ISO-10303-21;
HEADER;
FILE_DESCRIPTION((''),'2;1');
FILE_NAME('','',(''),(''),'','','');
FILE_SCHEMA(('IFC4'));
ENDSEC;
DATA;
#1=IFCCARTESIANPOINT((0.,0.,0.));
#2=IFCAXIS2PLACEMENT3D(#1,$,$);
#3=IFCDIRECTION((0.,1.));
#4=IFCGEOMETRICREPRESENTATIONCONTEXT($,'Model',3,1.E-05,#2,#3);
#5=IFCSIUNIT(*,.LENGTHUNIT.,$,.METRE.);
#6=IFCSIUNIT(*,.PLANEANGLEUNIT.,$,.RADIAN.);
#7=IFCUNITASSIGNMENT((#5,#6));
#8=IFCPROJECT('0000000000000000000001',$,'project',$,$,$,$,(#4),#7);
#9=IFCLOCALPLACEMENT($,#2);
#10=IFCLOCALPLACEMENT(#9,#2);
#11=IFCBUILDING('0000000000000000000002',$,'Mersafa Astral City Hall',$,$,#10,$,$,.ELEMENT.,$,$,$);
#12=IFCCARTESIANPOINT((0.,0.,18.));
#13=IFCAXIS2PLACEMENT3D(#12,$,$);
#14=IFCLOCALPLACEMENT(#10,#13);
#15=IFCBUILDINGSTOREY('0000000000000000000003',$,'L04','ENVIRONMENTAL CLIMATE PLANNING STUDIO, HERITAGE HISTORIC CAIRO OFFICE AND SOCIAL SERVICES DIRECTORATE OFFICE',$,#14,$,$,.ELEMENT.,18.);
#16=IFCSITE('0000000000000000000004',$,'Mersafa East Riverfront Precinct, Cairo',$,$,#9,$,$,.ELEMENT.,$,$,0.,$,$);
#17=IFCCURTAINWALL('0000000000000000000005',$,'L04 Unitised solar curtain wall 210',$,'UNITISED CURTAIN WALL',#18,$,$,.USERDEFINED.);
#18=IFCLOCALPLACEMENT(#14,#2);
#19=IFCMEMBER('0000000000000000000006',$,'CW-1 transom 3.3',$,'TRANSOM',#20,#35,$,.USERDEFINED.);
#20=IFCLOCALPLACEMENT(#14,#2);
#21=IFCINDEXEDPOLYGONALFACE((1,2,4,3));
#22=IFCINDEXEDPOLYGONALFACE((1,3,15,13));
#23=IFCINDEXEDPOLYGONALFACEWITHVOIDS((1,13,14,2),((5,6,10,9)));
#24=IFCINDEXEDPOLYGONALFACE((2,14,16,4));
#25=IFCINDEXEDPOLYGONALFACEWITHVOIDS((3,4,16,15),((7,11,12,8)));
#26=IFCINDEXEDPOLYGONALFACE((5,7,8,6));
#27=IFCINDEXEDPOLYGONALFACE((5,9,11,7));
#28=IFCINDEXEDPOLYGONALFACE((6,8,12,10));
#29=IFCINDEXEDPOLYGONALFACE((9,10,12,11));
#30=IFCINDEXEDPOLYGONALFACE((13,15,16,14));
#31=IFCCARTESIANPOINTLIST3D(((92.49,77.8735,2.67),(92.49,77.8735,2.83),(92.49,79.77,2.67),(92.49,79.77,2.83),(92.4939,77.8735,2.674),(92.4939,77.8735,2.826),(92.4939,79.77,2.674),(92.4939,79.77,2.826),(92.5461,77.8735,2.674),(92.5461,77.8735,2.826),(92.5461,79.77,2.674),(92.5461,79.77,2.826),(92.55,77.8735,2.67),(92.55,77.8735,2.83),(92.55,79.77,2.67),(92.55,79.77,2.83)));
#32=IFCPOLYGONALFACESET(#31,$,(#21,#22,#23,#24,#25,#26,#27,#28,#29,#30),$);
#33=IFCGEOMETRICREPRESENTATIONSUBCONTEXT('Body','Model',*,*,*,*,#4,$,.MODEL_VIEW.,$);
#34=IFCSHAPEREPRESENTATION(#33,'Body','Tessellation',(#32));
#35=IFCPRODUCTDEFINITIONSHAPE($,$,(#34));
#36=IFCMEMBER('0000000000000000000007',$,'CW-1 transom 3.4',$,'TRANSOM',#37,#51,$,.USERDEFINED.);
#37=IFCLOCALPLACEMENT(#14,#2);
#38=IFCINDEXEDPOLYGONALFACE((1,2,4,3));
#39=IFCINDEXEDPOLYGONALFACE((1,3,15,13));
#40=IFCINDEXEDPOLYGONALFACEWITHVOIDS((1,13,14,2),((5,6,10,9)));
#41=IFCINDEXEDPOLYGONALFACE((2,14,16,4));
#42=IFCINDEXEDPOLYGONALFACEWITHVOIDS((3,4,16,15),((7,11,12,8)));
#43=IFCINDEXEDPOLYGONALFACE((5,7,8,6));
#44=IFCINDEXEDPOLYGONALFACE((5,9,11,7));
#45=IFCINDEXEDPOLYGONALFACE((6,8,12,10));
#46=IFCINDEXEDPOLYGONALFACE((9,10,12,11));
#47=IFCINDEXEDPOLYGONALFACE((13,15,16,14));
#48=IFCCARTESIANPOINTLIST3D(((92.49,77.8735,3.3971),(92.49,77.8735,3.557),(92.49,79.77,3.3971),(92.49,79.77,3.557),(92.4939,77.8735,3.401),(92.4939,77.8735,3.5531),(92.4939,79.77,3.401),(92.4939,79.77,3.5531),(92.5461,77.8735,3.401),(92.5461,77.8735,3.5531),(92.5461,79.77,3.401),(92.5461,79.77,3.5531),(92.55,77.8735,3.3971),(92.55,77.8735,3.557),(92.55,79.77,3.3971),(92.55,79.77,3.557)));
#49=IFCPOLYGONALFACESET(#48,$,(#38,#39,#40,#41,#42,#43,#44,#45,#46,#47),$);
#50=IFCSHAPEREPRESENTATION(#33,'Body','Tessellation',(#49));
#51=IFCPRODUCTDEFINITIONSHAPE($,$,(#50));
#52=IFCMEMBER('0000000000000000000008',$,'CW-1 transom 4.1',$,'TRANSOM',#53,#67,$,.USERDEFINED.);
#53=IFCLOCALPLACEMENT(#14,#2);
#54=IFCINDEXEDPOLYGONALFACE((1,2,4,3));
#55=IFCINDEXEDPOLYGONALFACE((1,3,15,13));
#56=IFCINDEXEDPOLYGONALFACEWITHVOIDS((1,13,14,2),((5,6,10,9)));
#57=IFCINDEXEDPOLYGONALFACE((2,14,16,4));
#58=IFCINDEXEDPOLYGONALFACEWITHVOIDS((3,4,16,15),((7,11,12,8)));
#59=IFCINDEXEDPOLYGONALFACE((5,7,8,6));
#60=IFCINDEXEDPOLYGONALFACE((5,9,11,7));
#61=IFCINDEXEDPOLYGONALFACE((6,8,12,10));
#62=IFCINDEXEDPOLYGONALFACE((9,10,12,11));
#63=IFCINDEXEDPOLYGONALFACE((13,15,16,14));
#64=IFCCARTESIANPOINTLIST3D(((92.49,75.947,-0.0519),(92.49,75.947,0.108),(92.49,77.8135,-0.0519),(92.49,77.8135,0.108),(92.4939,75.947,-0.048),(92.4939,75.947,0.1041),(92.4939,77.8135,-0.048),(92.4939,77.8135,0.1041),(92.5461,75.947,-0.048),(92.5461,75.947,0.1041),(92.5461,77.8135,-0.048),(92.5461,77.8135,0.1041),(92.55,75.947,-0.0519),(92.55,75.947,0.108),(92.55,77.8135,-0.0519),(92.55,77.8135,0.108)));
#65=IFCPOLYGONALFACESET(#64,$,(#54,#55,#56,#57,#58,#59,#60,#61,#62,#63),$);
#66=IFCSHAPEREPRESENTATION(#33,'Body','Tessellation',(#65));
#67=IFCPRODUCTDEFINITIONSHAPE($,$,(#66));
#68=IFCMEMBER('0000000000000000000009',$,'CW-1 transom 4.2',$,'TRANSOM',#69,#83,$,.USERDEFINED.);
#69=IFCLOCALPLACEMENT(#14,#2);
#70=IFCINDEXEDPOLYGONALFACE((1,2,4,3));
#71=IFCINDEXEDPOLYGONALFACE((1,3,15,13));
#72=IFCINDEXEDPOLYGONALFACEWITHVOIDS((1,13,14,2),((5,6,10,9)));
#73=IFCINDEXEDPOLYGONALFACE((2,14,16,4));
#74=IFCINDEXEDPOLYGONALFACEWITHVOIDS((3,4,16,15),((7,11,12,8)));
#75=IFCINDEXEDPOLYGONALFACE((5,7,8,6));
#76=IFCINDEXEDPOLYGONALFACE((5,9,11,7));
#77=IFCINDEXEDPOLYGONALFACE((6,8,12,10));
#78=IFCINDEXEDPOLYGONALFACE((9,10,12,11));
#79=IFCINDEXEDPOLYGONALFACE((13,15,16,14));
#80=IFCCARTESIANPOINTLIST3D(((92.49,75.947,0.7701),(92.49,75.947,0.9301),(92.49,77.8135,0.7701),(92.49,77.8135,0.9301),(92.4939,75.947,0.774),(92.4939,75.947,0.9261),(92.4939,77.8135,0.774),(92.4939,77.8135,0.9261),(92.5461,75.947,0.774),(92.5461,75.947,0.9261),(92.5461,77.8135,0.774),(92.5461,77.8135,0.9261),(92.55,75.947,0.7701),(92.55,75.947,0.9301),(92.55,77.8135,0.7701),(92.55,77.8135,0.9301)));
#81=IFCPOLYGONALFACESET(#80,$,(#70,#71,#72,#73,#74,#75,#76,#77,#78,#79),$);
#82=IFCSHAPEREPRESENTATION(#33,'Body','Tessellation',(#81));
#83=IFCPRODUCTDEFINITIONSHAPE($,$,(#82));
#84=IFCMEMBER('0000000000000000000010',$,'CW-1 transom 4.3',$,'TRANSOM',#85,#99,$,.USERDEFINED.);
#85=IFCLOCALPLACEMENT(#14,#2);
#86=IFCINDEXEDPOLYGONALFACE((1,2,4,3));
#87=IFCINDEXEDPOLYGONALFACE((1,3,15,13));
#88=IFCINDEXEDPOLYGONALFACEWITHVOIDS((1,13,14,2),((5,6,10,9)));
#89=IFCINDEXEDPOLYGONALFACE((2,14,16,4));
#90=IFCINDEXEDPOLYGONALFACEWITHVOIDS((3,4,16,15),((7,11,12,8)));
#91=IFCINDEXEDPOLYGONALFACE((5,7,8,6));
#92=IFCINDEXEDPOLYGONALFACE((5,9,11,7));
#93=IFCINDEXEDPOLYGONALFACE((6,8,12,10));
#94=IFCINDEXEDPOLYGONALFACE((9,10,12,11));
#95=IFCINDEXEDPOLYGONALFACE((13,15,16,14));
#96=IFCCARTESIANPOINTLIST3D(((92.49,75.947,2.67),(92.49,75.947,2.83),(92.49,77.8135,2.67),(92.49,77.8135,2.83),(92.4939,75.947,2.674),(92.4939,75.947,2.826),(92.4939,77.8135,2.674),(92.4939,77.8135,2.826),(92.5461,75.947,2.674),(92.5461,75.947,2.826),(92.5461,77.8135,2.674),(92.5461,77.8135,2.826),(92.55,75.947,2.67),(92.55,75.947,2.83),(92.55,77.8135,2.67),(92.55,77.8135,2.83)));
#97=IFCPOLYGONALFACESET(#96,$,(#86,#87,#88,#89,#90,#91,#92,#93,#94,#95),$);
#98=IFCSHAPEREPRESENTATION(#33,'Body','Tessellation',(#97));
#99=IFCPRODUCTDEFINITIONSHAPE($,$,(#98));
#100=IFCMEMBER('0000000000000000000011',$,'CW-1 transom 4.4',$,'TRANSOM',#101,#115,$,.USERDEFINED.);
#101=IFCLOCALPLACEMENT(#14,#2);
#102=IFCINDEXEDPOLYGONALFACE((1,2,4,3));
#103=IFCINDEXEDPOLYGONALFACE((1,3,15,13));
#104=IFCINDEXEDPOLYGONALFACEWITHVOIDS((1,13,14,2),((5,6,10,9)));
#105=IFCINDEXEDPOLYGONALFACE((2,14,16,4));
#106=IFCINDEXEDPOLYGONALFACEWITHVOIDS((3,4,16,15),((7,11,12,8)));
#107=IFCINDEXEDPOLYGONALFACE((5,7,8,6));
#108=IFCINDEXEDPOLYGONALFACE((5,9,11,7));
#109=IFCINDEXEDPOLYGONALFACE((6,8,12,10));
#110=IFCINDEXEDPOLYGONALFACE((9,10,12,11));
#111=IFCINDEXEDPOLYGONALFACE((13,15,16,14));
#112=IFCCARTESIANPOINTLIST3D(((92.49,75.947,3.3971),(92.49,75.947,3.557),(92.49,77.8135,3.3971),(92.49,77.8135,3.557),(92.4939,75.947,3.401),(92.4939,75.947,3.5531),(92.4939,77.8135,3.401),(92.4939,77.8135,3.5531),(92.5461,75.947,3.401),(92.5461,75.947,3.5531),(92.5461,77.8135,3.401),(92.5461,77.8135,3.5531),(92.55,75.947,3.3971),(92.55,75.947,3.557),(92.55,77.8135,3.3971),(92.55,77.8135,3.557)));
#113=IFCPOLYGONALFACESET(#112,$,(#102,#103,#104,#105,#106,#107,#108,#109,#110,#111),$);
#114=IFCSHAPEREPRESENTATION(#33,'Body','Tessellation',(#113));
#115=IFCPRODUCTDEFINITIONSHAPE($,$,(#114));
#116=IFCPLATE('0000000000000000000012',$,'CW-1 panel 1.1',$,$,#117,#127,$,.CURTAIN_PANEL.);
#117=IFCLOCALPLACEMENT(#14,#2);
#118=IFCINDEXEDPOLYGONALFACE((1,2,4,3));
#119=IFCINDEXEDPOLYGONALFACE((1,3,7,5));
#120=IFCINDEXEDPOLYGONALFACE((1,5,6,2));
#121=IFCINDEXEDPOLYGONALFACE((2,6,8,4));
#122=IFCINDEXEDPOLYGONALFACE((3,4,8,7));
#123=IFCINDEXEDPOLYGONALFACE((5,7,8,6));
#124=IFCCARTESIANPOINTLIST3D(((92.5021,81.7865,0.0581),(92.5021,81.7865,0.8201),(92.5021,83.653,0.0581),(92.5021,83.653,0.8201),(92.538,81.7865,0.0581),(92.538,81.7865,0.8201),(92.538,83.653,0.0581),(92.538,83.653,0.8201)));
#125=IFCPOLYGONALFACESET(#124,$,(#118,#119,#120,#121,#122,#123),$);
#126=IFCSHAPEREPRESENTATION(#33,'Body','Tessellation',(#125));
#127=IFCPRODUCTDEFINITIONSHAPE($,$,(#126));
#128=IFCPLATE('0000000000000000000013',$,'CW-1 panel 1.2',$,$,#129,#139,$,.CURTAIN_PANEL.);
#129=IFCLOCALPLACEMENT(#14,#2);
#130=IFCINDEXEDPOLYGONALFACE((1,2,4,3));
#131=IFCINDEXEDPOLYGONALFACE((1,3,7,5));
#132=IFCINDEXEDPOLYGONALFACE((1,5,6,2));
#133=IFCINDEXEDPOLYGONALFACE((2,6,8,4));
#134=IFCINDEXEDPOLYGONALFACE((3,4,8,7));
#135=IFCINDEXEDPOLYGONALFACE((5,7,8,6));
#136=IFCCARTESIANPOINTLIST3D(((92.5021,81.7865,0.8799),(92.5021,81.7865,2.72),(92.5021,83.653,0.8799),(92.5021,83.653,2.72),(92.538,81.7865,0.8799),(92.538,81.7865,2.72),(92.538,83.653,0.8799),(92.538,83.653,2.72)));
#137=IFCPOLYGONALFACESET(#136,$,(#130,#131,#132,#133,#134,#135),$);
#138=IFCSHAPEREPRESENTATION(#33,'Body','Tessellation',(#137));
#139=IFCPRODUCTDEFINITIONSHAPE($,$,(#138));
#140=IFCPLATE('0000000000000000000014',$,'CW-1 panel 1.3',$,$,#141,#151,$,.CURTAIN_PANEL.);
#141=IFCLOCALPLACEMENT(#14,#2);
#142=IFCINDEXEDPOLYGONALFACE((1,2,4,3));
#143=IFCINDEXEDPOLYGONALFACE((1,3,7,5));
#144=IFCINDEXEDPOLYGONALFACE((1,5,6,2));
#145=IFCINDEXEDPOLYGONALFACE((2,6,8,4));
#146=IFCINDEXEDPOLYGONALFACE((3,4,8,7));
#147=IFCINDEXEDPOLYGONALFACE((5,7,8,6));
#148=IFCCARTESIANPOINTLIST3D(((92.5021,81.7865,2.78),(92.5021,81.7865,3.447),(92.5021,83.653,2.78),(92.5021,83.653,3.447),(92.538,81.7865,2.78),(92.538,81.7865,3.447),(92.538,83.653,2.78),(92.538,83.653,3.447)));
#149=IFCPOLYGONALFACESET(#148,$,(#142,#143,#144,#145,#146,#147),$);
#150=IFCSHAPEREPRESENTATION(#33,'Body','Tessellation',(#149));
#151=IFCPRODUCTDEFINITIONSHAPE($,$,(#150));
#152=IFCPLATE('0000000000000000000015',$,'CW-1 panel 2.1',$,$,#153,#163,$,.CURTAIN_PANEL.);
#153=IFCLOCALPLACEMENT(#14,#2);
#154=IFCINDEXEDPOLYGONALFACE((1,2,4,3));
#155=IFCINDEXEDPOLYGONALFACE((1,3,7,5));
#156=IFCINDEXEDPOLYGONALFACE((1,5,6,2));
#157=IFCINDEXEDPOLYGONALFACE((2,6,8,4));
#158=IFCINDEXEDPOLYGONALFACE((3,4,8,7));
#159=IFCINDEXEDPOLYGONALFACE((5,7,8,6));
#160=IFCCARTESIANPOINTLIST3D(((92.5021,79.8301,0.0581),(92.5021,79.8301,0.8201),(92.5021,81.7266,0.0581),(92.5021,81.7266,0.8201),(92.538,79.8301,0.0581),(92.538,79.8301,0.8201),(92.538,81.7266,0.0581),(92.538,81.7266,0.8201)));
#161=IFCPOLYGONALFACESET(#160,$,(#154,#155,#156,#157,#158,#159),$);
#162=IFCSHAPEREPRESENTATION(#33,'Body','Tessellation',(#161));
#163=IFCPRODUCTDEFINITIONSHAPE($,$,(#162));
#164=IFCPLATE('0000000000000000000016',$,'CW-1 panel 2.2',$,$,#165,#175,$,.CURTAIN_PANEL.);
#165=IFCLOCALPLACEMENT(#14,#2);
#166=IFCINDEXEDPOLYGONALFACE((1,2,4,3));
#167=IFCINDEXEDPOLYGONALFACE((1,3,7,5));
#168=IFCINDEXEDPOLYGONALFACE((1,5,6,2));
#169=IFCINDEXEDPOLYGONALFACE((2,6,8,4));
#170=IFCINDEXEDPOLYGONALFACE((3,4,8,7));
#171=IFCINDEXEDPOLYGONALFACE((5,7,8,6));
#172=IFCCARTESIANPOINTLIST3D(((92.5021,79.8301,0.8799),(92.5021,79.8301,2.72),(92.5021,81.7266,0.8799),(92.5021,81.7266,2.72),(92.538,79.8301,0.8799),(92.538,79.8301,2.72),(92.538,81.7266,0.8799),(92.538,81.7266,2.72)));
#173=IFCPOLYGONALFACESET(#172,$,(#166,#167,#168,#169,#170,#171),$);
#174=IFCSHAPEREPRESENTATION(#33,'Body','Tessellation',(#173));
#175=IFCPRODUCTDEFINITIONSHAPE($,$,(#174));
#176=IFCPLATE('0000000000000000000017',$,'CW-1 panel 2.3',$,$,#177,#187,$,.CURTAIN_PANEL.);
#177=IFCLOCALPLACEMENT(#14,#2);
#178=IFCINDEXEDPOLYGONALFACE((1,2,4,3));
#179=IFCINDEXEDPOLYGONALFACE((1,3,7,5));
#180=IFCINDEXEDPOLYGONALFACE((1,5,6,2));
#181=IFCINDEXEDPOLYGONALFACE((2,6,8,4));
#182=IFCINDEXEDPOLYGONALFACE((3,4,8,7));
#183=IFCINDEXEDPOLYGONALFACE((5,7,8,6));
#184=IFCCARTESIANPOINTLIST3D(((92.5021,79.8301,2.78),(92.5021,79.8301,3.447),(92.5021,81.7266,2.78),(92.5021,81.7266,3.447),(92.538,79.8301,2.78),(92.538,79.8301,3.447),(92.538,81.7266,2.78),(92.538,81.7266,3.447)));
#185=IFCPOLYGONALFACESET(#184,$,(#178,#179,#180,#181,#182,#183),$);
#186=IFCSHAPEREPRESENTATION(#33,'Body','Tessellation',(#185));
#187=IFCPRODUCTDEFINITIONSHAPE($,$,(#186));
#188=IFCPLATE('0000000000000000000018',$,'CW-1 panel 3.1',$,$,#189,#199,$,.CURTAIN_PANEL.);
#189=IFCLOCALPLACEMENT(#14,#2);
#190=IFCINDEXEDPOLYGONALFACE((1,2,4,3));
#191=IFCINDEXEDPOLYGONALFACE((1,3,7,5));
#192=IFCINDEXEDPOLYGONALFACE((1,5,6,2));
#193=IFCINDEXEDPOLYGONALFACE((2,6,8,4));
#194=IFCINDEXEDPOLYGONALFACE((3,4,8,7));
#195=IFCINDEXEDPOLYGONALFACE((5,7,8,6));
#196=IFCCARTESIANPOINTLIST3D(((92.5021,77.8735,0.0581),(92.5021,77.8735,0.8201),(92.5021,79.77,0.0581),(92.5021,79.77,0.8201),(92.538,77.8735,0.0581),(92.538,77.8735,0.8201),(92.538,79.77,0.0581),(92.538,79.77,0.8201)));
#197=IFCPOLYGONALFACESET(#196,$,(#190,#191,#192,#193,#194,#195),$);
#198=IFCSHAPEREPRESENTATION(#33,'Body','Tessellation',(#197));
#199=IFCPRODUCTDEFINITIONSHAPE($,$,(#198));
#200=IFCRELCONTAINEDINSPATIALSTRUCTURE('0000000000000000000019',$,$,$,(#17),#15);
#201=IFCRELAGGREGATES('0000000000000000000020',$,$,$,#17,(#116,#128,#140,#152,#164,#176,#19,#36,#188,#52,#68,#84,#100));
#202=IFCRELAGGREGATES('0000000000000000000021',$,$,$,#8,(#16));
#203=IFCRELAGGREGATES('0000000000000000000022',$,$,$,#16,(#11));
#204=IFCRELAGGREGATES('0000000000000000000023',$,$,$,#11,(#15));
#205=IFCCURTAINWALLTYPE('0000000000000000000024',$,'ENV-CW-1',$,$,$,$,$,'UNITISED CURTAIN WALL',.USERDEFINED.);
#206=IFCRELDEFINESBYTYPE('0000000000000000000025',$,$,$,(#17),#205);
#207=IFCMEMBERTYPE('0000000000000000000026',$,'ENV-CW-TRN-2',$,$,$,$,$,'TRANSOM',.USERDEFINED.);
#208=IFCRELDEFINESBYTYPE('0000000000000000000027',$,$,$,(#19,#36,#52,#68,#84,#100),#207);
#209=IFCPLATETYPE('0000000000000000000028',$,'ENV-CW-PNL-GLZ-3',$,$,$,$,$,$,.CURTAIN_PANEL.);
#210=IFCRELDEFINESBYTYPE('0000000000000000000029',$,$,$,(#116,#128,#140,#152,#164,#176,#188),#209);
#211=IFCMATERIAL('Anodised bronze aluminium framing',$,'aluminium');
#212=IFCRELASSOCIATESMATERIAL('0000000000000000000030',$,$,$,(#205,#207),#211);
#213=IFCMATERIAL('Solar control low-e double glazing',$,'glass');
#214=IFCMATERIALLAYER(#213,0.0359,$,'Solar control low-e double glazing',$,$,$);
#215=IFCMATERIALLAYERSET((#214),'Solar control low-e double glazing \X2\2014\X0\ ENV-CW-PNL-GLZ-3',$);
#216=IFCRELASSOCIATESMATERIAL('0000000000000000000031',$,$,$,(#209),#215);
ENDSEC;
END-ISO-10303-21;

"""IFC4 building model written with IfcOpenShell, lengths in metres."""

from ifc_helpers import new_model, si_unit, direction, frame, origin, origin_2d, place, context, subcontext, project, spatial, rectangle, hollow_rectangle, extrude, material, layer, layer_set, material_profile, profile_set, type_object, element, aggregate, save


model = new_model("IFC4")

# Units and contexts
model_context = context("Model", 3, precision=1e-05, world=origin(), true_north=direction((0.0, 1.0)))
body_context = subcontext(model_context, "Body", "Model", "MODEL_VIEW")
ifc_project = project(units=[si_unit("LENGTHUNIT", "METRE"), si_unit("PLANEANGLEUNIT", "RADIAN")], contexts=[model_context])

# Site, building, storey
site_placement = place(None, origin())
site = spatial("IfcSite", under=ifc_project, at=site_placement, Name="Mersafa East Riverfront Precinct, Cairo", CompositionType="ELEMENT", RefElevation=0.0)
building_placement = place(site_placement, origin())
building = spatial("IfcBuilding", under=site, at=building_placement, Name="Mersafa Astral City Hall", CompositionType="ELEMENT")
storey_placement = place(building_placement, frame((0.0, 0.0, 18.0)))
storey = spatial("IfcBuildingStorey", under=building, at=storey_placement, Name="L04", Description="ENVIRONMENTAL CLIMATE PLANNING STUDIO, HERITAGE HISTORIC CAIRO OFFICE AND SOCIAL SERVICES DIRECTORATE OFFICE", CompositionType="ELEMENT", Elevation=18.0)

# Curtain wall, members, plates
ifc_material_1 = material(Name="Anodised bronze aluminium framing", Category="aluminium")
curtain_wall_type = type_object("IfcCurtainWallType", Name="ENV-CW-1", ElementType="UNITISED CURTAIN WALL", PredefinedType="USERDEFINED", material=ifc_material_1)
curtain_wall_placement = place(storey_placement, origin())
curtain_wall = element("IfcCurtainWall", 1, at=curtain_wall_placement, inside=storey, type_object=curtain_wall_type, Name="L04 Unitised solar curtain wall 210", ObjectType="UNITISED CURTAIN WALL", PredefinedType="USERDEFINED")
ifc_material_profile_1 = material_profile(ifc_material_1, hollow_rectangle(XDim=0.0601, YDim=0.1599, WallThickness=0.0039, at=origin_2d()), Name="RHS 60x160x4")
ifc_profile_set_1 = profile_set([ifc_material_profile_1], Name="Anodised bronze aluminium framing")
member_type_1 = type_object("IfcMemberType", Name="ENV-CW-TRN-2", ElementType="TRANSOM", PredefinedType="USERDEFINED", material=ifc_profile_set_1)
member_1_placement = place(storey_placement, frame((92.52, 79.77, 2.75), z_axis=(0.0, -1.0, 0.0), x_axis=(1.0, 0.0, 0.0)))
member_1 = element("IfcMember", 2, at=member_1_placement, type_object=member_type_1, Name="CW-1 transom 3.3", ObjectType="TRANSOM", PredefinedType="USERDEFINED", context=body_context, shape_type="SweptSolid", body=[
    extrude(hollow_rectangle(XDim=0.0601, YDim=0.1599, WallThickness=0.0039, at=origin_2d()), origin(), (0.0, 0.0, 1.0), 1.8965),
])
member_2_placement = place(storey_placement, frame((92.52, 79.77, 3.4771), z_axis=(0.0, -1.0, 0.0), x_axis=(1.0, 0.0, 0.0)))
member_2 = element("IfcMember", 3, at=member_2_placement, type_object=member_type_1, Name="CW-1 transom 3.4", ObjectType="TRANSOM", PredefinedType="USERDEFINED", context=body_context, shape_type="SweptSolid", body=[
    extrude(hollow_rectangle(XDim=0.0601, YDim=0.1599, WallThickness=0.0039, at=origin_2d()), origin(), (0.0, 0.0, 1.0), 1.8965),
])
member_3_placement = place(storey_placement, frame((92.52, 77.8135, 0.0281), z_axis=(0.0, -1.0, 0.0), x_axis=(1.0, 0.0, 0.0)))
member_3 = element("IfcMember", 4, at=member_3_placement, type_object=member_type_1, Name="CW-1 transom 4.1", ObjectType="TRANSOM", PredefinedType="USERDEFINED", context=body_context, shape_type="SweptSolid", body=[
    extrude(hollow_rectangle(XDim=0.0601, YDim=0.1599, WallThickness=0.0039, at=origin_2d()), origin(), (0.0, 0.0, 1.0), 1.8665),
])
member_4_placement = place(storey_placement, frame((92.52, 77.8135, 0.8501), z_axis=(0.0, -1.0, 0.0), x_axis=(1.0, 0.0, 0.0)))
member_4 = element("IfcMember", 5, at=member_4_placement, type_object=member_type_1, Name="CW-1 transom 4.2", ObjectType="TRANSOM", PredefinedType="USERDEFINED", context=body_context, shape_type="SweptSolid", body=[
    extrude(hollow_rectangle(XDim=0.0601, YDim=0.1599, WallThickness=0.0039, at=origin_2d()), origin(), (0.0, 0.0, 1.0), 1.8665),
])
member_5_placement = place(storey_placement, frame((92.52, 77.8135, 2.75), z_axis=(0.0, -1.0, 0.0), x_axis=(1.0, 0.0, 0.0)))
member_5 = element("IfcMember", 6, at=member_5_placement, type_object=member_type_1, Name="CW-1 transom 4.3", ObjectType="TRANSOM", PredefinedType="USERDEFINED", context=body_context, shape_type="SweptSolid", body=[
    extrude(hollow_rectangle(XDim=0.0601, YDim=0.1599, WallThickness=0.0039, at=origin_2d()), origin(), (0.0, 0.0, 1.0), 1.8665),
])
member_6_placement = place(storey_placement, frame((92.52, 77.8135, 3.4771), z_axis=(0.0, -1.0, 0.0), x_axis=(1.0, 0.0, 0.0)))
member_6 = element("IfcMember", 7, at=member_6_placement, type_object=member_type_1, Name="CW-1 transom 4.4", ObjectType="TRANSOM", PredefinedType="USERDEFINED", context=body_context, shape_type="SweptSolid", body=[
    extrude(hollow_rectangle(XDim=0.0601, YDim=0.1599, WallThickness=0.0039, at=origin_2d()), origin(), (0.0, 0.0, 1.0), 1.8665),
])
ifc_material_2 = material(Name="Solar control low-e double glazing", Category="glass")
ifc_layer_1 = layer(ifc_material_2, 0.0359, Name="Solar control low-e double glazing")
ifc_layer_set_1 = layer_set([ifc_layer_1], Name="Solar control low-e double glazing — ENV-CW-PNL-GLZ-3")
plate_type = type_object("IfcPlateType", Name="ENV-CW-PNL-GLZ-3", PredefinedType="CURTAIN_PANEL", material=ifc_layer_set_1)
plate_1_placement = place(storey_placement, frame((92.52, 82.7197, 0.0581), z_axis=(0.0, 0.0, 1.0), x_axis=(0.0, -1.0, 0.0)))
plate_1 = element("IfcPlate", 8, at=plate_1_placement, type_object=plate_type, Name="CW-1 panel 1.1", PredefinedType="CURTAIN_PANEL", context=body_context, shape_type="SweptSolid", body=[
    extrude(rectangle(XDim=1.8665, YDim=0.0359, at=origin_2d()), origin(), (0.0, 0.0, 1.0), 0.762),
])
plate_2_placement = place(storey_placement, frame((92.52, 82.7197, 0.8799), z_axis=(0.0, 0.0, 1.0), x_axis=(0.0, -1.0, 0.0)))
plate_2 = element("IfcPlate", 9, at=plate_2_placement, type_object=plate_type, Name="CW-1 panel 1.2", PredefinedType="CURTAIN_PANEL", context=body_context, shape_type="SweptSolid", body=[
    extrude(rectangle(XDim=1.8665, YDim=0.0359, at=origin_2d()), origin(), (0.0, 0.0, 1.0), 1.8401),
])
plate_3_placement = place(storey_placement, frame((92.52, 82.7197, 2.78), z_axis=(0.0, 0.0, 1.0), x_axis=(0.0, -1.0, 0.0)))
plate_3 = element("IfcPlate", 10, at=plate_3_placement, type_object=plate_type, Name="CW-1 panel 1.3", PredefinedType="CURTAIN_PANEL", context=body_context, shape_type="SweptSolid", body=[
    extrude(rectangle(XDim=1.8665, YDim=0.0359, at=origin_2d()), origin(), (0.0, 0.0, 1.0), 0.667),
])
plate_4_placement = place(storey_placement, frame((92.52, 80.7783, 0.0581), z_axis=(0.0, 0.0, 1.0), x_axis=(0.0, -1.0, 0.0)))
plate_4 = element("IfcPlate", 11, at=plate_4_placement, type_object=plate_type, Name="CW-1 panel 2.1", PredefinedType="CURTAIN_PANEL", context=body_context, shape_type="SweptSolid", body=[
    extrude(rectangle(XDim=1.8965, YDim=0.0359, at=origin_2d()), origin(), (0.0, 0.0, 1.0), 0.762),
])
plate_5_placement = place(storey_placement, frame((92.52, 80.7783, 0.8799), z_axis=(0.0, 0.0, 1.0), x_axis=(0.0, -1.0, 0.0)))
plate_5 = element("IfcPlate", 12, at=plate_5_placement, type_object=plate_type, Name="CW-1 panel 2.2", PredefinedType="CURTAIN_PANEL", context=body_context, shape_type="SweptSolid", body=[
    extrude(rectangle(XDim=1.8965, YDim=0.0359, at=origin_2d()), origin(), (0.0, 0.0, 1.0), 1.8401),
])
plate_6_placement = place(storey_placement, frame((92.52, 80.7783, 2.78), z_axis=(0.0, 0.0, 1.0), x_axis=(0.0, -1.0, 0.0)))
plate_6 = element("IfcPlate", 13, at=plate_6_placement, type_object=plate_type, Name="CW-1 panel 2.3", PredefinedType="CURTAIN_PANEL", context=body_context, shape_type="SweptSolid", body=[
    extrude(rectangle(XDim=1.8965, YDim=0.0359, at=origin_2d()), origin(), (0.0, 0.0, 1.0), 0.667),
])
plate_7_placement = place(storey_placement, frame((92.52, 78.8218, 0.0581), z_axis=(0.0, 0.0, 1.0), x_axis=(0.0, -1.0, 0.0)))
plate_7 = element("IfcPlate", 14, at=plate_7_placement, type_object=plate_type, Name="CW-1 panel 3.1", PredefinedType="CURTAIN_PANEL", context=body_context, shape_type="SweptSolid", body=[
    extrude(rectangle(XDim=1.8965, YDim=0.0359, at=origin_2d()), origin(), (0.0, 0.0, 1.0), 0.762),
])
aggregate(curtain_wall, [plate_1, plate_2, plate_3, plate_4, plate_5, plate_6, member_1, member_2, plate_7, member_3, member_4, member_5, member_6])

save(model, "model.ifc")
